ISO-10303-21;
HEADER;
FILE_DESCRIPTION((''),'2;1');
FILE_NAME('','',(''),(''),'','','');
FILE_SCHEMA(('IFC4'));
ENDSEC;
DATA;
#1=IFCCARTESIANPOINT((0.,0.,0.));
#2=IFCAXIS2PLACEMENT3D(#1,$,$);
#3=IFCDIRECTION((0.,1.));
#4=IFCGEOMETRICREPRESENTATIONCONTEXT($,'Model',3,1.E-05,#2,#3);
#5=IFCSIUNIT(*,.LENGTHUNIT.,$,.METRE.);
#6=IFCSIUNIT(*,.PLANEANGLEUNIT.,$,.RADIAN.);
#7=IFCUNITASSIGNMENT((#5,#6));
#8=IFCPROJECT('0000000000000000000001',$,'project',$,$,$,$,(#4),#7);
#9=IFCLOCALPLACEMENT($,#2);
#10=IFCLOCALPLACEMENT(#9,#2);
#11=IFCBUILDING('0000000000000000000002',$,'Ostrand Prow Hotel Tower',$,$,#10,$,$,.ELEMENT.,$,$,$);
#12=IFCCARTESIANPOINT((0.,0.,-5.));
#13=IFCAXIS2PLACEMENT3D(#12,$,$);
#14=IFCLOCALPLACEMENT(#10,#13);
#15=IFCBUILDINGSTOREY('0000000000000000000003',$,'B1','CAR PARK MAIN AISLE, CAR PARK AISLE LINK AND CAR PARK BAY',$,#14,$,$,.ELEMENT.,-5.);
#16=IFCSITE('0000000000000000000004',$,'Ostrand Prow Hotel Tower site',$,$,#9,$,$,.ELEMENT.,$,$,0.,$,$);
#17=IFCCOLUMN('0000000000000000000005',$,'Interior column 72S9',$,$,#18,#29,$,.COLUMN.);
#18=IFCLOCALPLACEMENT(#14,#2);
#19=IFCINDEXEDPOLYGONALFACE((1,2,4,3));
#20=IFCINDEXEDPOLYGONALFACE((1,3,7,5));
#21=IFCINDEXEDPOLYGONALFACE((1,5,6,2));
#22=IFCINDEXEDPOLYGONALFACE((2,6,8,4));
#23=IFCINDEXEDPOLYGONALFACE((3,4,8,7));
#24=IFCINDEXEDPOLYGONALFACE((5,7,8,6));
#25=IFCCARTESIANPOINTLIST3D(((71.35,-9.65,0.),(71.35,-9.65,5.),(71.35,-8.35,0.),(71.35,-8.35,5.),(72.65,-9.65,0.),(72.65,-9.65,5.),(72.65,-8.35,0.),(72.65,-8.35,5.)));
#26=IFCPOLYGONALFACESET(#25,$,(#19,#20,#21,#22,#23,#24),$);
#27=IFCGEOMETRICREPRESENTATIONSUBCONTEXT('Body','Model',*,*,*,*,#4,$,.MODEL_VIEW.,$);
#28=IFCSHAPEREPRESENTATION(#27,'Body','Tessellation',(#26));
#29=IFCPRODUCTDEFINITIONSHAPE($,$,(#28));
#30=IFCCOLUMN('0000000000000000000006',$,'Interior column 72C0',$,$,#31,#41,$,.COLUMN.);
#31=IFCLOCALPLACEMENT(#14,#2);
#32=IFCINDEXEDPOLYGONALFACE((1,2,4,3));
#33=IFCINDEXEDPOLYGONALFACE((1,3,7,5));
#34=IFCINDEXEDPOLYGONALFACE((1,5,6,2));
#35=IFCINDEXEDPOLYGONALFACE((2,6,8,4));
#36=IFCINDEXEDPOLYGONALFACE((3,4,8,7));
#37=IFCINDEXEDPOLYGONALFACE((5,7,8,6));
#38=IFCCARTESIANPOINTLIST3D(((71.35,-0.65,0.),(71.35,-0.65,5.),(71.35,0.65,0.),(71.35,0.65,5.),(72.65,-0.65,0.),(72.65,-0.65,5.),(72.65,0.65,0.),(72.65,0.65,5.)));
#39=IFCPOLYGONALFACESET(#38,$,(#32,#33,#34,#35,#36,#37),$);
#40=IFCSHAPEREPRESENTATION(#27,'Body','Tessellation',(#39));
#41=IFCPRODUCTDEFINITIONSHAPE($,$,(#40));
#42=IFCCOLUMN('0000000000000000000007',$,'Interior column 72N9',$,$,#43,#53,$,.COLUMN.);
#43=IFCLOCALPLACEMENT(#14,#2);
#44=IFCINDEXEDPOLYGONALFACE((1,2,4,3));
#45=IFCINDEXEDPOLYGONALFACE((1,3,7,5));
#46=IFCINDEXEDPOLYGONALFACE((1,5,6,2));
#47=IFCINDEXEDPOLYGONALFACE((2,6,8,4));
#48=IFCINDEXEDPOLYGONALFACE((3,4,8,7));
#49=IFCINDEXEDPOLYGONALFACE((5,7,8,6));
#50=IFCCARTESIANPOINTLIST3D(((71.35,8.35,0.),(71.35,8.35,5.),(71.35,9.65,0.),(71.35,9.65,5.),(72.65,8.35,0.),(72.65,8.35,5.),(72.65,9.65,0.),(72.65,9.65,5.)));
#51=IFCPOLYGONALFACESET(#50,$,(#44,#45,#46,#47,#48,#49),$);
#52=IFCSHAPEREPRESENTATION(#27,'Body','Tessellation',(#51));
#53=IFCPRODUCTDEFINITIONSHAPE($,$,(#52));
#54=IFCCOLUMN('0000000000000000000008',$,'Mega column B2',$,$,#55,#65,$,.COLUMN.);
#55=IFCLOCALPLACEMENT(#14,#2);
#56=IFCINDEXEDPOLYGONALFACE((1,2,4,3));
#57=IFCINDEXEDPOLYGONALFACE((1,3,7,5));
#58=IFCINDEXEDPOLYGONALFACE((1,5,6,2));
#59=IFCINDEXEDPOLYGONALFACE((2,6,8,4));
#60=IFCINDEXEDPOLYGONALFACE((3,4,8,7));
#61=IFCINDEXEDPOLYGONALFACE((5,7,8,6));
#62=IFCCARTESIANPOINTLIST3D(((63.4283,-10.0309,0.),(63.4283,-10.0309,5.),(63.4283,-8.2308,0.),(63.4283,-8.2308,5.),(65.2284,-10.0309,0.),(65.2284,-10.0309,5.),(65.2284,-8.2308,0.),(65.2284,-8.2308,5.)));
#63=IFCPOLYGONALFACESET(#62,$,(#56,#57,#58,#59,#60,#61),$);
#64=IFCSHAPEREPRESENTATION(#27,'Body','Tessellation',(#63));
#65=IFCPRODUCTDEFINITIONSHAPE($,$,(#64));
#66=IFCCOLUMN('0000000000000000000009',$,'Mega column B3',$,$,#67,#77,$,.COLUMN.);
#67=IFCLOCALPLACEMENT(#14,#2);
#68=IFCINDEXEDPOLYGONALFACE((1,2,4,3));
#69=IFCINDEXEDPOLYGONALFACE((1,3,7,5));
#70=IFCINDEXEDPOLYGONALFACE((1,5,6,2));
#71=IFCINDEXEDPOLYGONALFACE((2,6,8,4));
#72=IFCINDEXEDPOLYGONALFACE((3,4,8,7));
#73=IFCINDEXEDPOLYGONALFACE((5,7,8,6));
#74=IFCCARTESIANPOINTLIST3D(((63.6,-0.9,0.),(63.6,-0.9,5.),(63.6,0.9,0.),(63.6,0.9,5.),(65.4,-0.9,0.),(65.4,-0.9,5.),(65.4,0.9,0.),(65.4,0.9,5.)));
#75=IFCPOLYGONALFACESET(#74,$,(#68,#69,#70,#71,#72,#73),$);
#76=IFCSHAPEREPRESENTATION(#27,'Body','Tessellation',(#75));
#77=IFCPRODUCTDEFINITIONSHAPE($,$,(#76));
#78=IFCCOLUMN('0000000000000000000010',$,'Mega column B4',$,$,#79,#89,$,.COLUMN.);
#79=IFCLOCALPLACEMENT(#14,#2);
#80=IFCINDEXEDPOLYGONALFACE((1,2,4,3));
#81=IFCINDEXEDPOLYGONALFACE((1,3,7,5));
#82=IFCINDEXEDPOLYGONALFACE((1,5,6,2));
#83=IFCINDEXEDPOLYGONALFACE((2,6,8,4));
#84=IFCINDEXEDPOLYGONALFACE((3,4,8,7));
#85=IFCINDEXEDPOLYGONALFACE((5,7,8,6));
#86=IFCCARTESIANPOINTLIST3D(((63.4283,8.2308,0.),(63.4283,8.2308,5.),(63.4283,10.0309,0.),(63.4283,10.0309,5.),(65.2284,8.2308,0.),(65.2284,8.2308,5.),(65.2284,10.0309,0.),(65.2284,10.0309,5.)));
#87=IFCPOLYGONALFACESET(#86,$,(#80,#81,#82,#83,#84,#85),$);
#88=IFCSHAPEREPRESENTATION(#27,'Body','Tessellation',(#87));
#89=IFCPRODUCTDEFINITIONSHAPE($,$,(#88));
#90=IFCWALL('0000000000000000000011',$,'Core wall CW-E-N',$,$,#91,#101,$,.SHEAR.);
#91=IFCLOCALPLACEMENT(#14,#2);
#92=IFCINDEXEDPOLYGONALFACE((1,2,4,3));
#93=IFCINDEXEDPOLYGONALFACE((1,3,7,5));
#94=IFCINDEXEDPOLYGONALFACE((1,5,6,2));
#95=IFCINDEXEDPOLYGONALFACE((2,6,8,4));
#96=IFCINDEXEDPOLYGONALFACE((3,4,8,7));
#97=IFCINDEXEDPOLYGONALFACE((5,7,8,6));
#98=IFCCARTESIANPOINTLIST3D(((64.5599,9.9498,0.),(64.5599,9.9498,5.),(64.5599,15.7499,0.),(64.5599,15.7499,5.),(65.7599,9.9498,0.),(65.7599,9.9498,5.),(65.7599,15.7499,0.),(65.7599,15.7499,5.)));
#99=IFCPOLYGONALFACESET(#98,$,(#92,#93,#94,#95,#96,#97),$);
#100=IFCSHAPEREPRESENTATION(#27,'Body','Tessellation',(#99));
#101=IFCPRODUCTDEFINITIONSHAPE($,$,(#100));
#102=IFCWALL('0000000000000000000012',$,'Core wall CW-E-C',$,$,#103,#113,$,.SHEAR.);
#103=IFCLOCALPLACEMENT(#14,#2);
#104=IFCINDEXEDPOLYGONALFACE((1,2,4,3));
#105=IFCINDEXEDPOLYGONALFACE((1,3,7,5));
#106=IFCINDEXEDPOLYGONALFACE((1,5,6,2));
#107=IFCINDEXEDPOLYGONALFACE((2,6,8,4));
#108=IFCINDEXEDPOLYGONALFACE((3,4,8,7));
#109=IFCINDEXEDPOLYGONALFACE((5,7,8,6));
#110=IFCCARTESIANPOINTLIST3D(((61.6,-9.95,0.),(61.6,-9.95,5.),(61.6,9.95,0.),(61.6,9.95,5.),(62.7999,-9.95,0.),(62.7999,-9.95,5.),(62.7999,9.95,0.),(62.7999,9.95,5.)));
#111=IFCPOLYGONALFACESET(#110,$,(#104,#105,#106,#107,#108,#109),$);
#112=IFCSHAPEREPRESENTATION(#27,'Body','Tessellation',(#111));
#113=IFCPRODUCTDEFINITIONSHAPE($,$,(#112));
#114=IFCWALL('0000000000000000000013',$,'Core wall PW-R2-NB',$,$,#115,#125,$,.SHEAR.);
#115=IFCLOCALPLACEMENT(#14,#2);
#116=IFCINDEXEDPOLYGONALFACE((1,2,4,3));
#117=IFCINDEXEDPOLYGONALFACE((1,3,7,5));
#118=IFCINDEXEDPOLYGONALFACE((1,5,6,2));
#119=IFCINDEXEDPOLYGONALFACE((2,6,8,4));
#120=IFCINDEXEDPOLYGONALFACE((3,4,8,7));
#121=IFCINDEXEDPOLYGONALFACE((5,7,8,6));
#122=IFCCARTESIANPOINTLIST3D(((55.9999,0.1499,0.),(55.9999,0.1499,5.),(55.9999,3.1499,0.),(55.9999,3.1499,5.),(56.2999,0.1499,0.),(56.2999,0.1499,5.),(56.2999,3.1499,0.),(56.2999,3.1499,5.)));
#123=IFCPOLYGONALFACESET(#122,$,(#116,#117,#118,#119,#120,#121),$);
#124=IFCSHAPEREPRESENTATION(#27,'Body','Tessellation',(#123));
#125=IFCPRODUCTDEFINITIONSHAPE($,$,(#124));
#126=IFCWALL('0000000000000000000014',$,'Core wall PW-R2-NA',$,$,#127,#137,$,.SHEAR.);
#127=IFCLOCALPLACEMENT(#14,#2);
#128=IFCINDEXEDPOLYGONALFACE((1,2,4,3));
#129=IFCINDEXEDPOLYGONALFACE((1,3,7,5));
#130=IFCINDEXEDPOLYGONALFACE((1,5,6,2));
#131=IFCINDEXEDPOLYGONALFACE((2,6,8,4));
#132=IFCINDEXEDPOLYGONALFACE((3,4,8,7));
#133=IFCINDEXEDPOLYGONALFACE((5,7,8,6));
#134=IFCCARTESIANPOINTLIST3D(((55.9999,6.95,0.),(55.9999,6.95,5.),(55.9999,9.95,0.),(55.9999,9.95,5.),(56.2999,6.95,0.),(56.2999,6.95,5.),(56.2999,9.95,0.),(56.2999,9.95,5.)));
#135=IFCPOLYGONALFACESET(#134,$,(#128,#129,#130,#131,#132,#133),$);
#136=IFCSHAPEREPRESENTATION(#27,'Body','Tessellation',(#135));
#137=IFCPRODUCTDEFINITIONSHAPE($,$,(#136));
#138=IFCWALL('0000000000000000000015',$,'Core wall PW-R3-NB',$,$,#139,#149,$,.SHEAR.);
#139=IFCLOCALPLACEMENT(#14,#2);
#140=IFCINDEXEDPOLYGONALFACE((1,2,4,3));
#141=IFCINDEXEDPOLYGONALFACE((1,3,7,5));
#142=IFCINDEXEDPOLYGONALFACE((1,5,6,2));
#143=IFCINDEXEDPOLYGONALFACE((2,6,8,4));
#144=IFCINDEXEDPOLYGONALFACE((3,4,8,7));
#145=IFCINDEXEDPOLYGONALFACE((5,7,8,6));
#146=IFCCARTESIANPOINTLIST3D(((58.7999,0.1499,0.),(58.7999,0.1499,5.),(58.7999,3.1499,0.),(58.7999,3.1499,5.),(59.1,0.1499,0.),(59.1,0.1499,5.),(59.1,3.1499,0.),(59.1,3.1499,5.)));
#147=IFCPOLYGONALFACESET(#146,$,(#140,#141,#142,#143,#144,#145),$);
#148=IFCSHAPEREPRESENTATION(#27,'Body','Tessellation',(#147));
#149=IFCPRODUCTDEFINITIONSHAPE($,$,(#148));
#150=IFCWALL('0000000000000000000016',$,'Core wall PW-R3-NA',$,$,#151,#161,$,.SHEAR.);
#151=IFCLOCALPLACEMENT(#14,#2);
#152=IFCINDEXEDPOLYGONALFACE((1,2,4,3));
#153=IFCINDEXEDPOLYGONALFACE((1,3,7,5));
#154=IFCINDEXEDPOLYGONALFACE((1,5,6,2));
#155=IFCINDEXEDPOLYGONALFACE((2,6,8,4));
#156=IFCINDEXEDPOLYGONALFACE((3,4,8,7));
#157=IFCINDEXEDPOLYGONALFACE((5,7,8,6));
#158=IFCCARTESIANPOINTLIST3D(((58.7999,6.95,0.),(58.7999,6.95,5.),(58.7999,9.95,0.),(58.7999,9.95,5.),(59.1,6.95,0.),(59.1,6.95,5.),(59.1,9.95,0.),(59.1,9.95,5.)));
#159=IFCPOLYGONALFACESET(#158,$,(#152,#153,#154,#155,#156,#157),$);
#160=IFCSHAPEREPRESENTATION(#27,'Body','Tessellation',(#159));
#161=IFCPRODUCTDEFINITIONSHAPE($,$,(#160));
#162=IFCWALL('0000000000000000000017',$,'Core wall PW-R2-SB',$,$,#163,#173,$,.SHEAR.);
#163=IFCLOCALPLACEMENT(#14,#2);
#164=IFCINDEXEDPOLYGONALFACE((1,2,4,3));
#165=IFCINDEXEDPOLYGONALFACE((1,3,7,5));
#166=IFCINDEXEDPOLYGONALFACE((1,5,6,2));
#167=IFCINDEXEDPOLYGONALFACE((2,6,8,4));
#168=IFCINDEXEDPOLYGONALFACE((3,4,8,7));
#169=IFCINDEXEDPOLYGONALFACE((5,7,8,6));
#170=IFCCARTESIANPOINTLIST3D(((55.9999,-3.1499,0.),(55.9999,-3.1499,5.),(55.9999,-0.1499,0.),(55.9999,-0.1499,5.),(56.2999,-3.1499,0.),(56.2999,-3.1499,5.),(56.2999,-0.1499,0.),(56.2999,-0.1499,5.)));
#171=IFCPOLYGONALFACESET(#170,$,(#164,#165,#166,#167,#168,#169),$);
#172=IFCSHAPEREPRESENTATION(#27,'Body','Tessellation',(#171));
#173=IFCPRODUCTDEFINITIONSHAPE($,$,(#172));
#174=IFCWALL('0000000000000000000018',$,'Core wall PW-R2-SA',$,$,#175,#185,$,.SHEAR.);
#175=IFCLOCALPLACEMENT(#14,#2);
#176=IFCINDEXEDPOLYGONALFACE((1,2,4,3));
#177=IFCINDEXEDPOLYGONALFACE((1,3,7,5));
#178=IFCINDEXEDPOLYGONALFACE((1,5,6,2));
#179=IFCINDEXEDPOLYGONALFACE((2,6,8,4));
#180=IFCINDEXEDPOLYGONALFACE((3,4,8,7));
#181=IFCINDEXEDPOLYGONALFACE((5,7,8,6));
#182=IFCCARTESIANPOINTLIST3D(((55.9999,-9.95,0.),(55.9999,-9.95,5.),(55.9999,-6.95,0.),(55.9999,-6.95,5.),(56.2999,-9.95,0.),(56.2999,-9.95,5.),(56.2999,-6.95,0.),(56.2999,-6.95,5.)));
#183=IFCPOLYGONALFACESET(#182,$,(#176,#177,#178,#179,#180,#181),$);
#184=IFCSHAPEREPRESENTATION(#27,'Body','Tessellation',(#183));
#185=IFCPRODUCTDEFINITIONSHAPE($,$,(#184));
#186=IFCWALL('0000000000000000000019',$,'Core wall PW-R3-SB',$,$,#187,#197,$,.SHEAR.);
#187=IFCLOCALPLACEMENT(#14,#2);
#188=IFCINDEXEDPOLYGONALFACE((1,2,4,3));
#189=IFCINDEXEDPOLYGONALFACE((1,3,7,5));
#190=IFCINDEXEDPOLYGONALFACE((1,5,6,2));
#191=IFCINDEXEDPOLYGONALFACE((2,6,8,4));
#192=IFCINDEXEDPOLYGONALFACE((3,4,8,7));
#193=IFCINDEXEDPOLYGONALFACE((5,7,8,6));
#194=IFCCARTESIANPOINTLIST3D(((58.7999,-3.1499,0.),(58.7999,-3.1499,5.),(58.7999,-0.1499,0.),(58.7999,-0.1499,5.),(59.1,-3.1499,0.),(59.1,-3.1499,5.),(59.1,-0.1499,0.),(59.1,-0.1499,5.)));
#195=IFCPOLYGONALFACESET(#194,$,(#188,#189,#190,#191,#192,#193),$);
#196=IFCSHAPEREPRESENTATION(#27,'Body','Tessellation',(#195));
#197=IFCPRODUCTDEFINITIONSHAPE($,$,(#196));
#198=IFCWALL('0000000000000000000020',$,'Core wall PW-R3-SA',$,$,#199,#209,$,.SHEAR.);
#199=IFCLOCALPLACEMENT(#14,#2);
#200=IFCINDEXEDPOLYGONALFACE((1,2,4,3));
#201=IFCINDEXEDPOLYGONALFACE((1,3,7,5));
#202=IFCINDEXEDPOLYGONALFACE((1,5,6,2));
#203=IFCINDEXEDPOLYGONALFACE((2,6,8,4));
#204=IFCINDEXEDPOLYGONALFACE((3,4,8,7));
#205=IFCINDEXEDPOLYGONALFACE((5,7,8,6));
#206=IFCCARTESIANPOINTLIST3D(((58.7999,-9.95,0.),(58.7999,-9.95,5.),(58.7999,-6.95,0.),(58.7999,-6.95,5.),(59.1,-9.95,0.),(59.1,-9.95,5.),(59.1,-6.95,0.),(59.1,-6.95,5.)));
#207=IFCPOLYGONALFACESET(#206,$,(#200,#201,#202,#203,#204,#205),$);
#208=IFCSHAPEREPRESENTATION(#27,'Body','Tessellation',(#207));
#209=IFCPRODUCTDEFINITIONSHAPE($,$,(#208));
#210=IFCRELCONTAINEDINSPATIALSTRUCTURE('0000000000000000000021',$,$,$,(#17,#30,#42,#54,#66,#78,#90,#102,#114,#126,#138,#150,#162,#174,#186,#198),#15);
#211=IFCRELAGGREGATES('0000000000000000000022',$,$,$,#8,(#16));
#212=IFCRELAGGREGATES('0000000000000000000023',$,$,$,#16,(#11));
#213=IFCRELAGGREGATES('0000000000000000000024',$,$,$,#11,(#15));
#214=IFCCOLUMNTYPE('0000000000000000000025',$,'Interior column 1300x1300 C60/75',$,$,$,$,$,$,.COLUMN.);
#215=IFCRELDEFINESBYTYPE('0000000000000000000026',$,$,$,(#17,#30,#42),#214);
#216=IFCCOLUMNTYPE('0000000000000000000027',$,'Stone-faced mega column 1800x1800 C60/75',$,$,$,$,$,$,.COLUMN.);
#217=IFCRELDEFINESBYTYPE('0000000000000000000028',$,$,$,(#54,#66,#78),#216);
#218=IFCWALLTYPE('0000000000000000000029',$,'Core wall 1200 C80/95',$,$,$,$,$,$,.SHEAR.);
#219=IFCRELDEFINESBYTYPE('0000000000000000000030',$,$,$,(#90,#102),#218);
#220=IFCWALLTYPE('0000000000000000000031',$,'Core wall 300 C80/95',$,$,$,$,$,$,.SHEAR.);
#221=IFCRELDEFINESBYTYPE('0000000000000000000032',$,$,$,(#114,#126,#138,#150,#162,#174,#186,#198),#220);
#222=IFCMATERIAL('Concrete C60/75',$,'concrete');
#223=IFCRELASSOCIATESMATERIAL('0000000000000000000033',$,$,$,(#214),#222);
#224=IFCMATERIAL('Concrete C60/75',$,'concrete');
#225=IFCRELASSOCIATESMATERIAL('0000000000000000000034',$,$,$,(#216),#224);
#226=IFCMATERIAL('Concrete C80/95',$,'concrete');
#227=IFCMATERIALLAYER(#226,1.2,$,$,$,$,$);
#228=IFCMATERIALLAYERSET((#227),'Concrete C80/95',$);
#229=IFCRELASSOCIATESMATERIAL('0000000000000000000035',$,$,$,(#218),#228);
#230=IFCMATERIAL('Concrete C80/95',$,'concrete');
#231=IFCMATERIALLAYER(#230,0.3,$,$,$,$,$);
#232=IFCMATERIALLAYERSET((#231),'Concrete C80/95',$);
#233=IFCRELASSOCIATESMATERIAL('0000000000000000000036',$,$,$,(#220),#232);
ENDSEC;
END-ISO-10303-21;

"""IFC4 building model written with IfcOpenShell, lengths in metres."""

from ifc_helpers import new_model, si_unit, direction, frame, frame_2d, origin, origin_2d, place, context, subcontext, project, spatial, rectangle, extrude, material, layer, layer_set, material_profile, profile_set, type_object, element, save


model = new_model("IFC4")

# Units and contexts
model_context = context("Model", 3, precision=1e-05, world=origin(), true_north=direction((0.0, 1.0)))
body_context = subcontext(model_context, "Body", "Model", "MODEL_VIEW")
ifc_project = project(units=[si_unit("LENGTHUNIT", "METRE"), si_unit("PLANEANGLEUNIT", "RADIAN")], contexts=[model_context])

# Site, building, storey
site_placement = place(None, origin())
site = spatial("IfcSite", under=ifc_project, at=site_placement, Name="Ostrand Prow Hotel Tower site", CompositionType="ELEMENT", RefElevation=0.0)
building_placement = place(site_placement, origin())
building = spatial("IfcBuilding", under=site, at=building_placement, Name="Ostrand Prow Hotel Tower", CompositionType="ELEMENT")
storey_placement = place(building_placement, frame((0.0, 0.0, -5.0)))
storey = spatial("IfcBuildingStorey", under=building, at=storey_placement, Name="B1", Description="CAR PARK MAIN AISLE, CAR PARK AISLE LINK AND CAR PARK BAY", CompositionType="ELEMENT", Elevation=-5.0)

# Columns
ifc_material_1 = material(Name="Concrete C60/75", Category="concrete")
ifc_material_profile_1 = material_profile(ifc_material_1, rectangle(XDim=1.3, YDim=1.3, at=origin_2d()), Name="RC 1300x1300")
ifc_profile_set_1 = profile_set([ifc_material_profile_1], Name="Concrete C60/75")
column_type_1 = type_object("IfcColumnType", Name="Interior column 1300x1300 C60/75", PredefinedType="COLUMN", material=ifc_profile_set_1)
for number, where, z_axis, x_axis, name in (
    (1, (72.0, -9.0, 0.0), (0.0, 0.0, 1.0), (1.0, 0.0, 0.0), "Interior column 72S9"),
    (2, (72.0, 0.0, 0.0), (0.0, 0.0, 1.0), (1.0, 0.0, 0.0), "Interior column 72C0"),
    (3, (72.0, 9.0, 0.0), (0.0, 0.0, 1.0), (1.0, 0.0, 0.0), "Interior column 72N9"),
):
    element("IfcColumn", number, at=place(storey_placement, frame(where, z_axis=z_axis, x_axis=x_axis)), inside=storey, type_object=column_type_1, Name=name, PredefinedType="COLUMN", context=body_context, shape_type="SweptSolid", body=[
        extrude(rectangle(XDim=1.3, YDim=1.3, at=origin_2d()), origin(), (0.0, 0.0, 1.0), 5.0),
    ])
ifc_material_2 = material(Name="Concrete C60/75", Category="concrete")
ifc_material_profile_2 = material_profile(ifc_material_2, rectangle(XDim=1.8, YDim=1.8, at=origin_2d()), Name="RC 1800x1800")
ifc_profile_set_2 = profile_set([ifc_material_profile_2], Name="Concrete C60/75")
column_type_2 = type_object("IfcColumnType", Name="Stone-faced mega column 1800x1800 C60/75", PredefinedType="COLUMN", material=ifc_profile_set_2)
for number, where, z_axis, x_axis, name in (
    (4, (64.3284, -9.1309, 0.0), (0.0, 0.0, 1.0), (1.0, 0.0, 0.0), "Mega column B2"),
    (5, (64.5, 0.0, 0.0), (0.0, 0.0, 1.0), (1.0, 0.0, 0.0), "Mega column B3"),
    (6, (64.3284, 9.1309, 0.0), (0.0, 0.0, 1.0), (1.0, 0.0, 0.0), "Mega column B4"),
):
    element("IfcColumn", number, at=place(storey_placement, frame(where, z_axis=z_axis, x_axis=x_axis)), inside=storey, type_object=column_type_2, Name=name, PredefinedType="COLUMN", context=body_context, shape_type="SweptSolid", body=[
        extrude(rectangle(XDim=1.8, YDim=1.8, at=origin_2d()), origin(), (0.0, 0.0, 1.0), 5.0),
    ])

# Walls
ifc_material_3 = material(Name="Concrete C80/95", Category="concrete")
ifc_layer_1 = layer(ifc_material_3, 1.2)
ifc_layer_set_1 = layer_set([ifc_layer_1], Name="Concrete C80/95")
wall_type_1 = type_object("IfcWallType", Name="Core wall 1200 C80/95", PredefinedType="SHEAR", material=ifc_layer_set_1)
wall_1_placement = place(storey_placement, frame((65.1599, 9.95, 0.0), z_axis=(0.0, 0.0, 1.0), x_axis=(0.0, 1.0, 0.0)))
element("IfcWall", 7, at=wall_1_placement, inside=storey, type_object=wall_type_1, Name="Core wall CW-E-N", PredefinedType="SHEAR", context=body_context, shape_type="SweptSolid", body=[
    extrude(rectangle(XDim=5.8, YDim=1.2, at=frame_2d((2.8999, 0.0))), origin(), (0.0, 0.0, 1.0), 5.0),
])
wall_2_placement = place(storey_placement, frame((62.2, -9.95, 0.0), z_axis=(0.0, 0.0, 1.0), x_axis=(0.0, 1.0, 0.0)))
element("IfcWall", 8, at=wall_2_placement, inside=storey, type_object=wall_type_1, Name="Core wall CW-E-C", PredefinedType="SHEAR", context=body_context, shape_type="SweptSolid", body=[
    extrude(rectangle(XDim=19.8999, YDim=1.2, at=frame_2d((9.95, 0.0))), origin(), (0.0, 0.0, 1.0), 5.0),
])
ifc_material_4 = material(Name="Concrete C80/95", Category="concrete")
ifc_layer_2 = layer(ifc_material_4, 0.3)
ifc_layer_set_2 = layer_set([ifc_layer_2], Name="Concrete C80/95")
wall_type_2 = type_object("IfcWallType", Name="Core wall 300 C80/95", PredefinedType="SHEAR", material=ifc_layer_set_2)
for number, where, z_axis, x_axis, name in (
    (9, (56.1499, 0.1499, 0.0), (0.0, 0.0, 1.0), (0.0, 1.0, 0.0), "Core wall PW-R2-NB"),
    (10, (56.1499, 6.95, 0.0), (0.0, 0.0, 1.0), (0.0, 1.0, 0.0), "Core wall PW-R2-NA"),
    (11, (58.95, 0.1499, 0.0), (0.0, 0.0, 1.0), (0.0, 1.0, 0.0), "Core wall PW-R3-NB"),
    (12, (58.95, 6.95, 0.0), (0.0, 0.0, 1.0), (0.0, 1.0, 0.0), "Core wall PW-R3-NA"),
    (13, (56.1499, -3.1499, 0.0), (0.0, 0.0, 1.0), (0.0, 1.0, 0.0), "Core wall PW-R2-SB"),
    (14, (56.1499, -9.95, 0.0), (0.0, 0.0, 1.0), (0.0, 1.0, 0.0), "Core wall PW-R2-SA"),
    (15, (58.95, -3.1499, 0.0), (0.0, 0.0, 1.0), (0.0, 1.0, 0.0), "Core wall PW-R3-SB"),
    (16, (58.95, -9.95, 0.0), (0.0, 0.0, 1.0), (0.0, 1.0, 0.0), "Core wall PW-R3-SA"),
):
    element("IfcWall", number, at=place(storey_placement, frame(where, z_axis=z_axis, x_axis=x_axis)), inside=storey, type_object=wall_type_2, Name=name, PredefinedType="SHEAR", context=body_context, shape_type="SweptSolid", body=[
        extrude(rectangle(XDim=3.0, YDim=0.3, at=frame_2d((1.5, 0.0))), origin(), (0.0, 0.0, 1.0), 5.0),
    ])

save(model, "model.ifc")
